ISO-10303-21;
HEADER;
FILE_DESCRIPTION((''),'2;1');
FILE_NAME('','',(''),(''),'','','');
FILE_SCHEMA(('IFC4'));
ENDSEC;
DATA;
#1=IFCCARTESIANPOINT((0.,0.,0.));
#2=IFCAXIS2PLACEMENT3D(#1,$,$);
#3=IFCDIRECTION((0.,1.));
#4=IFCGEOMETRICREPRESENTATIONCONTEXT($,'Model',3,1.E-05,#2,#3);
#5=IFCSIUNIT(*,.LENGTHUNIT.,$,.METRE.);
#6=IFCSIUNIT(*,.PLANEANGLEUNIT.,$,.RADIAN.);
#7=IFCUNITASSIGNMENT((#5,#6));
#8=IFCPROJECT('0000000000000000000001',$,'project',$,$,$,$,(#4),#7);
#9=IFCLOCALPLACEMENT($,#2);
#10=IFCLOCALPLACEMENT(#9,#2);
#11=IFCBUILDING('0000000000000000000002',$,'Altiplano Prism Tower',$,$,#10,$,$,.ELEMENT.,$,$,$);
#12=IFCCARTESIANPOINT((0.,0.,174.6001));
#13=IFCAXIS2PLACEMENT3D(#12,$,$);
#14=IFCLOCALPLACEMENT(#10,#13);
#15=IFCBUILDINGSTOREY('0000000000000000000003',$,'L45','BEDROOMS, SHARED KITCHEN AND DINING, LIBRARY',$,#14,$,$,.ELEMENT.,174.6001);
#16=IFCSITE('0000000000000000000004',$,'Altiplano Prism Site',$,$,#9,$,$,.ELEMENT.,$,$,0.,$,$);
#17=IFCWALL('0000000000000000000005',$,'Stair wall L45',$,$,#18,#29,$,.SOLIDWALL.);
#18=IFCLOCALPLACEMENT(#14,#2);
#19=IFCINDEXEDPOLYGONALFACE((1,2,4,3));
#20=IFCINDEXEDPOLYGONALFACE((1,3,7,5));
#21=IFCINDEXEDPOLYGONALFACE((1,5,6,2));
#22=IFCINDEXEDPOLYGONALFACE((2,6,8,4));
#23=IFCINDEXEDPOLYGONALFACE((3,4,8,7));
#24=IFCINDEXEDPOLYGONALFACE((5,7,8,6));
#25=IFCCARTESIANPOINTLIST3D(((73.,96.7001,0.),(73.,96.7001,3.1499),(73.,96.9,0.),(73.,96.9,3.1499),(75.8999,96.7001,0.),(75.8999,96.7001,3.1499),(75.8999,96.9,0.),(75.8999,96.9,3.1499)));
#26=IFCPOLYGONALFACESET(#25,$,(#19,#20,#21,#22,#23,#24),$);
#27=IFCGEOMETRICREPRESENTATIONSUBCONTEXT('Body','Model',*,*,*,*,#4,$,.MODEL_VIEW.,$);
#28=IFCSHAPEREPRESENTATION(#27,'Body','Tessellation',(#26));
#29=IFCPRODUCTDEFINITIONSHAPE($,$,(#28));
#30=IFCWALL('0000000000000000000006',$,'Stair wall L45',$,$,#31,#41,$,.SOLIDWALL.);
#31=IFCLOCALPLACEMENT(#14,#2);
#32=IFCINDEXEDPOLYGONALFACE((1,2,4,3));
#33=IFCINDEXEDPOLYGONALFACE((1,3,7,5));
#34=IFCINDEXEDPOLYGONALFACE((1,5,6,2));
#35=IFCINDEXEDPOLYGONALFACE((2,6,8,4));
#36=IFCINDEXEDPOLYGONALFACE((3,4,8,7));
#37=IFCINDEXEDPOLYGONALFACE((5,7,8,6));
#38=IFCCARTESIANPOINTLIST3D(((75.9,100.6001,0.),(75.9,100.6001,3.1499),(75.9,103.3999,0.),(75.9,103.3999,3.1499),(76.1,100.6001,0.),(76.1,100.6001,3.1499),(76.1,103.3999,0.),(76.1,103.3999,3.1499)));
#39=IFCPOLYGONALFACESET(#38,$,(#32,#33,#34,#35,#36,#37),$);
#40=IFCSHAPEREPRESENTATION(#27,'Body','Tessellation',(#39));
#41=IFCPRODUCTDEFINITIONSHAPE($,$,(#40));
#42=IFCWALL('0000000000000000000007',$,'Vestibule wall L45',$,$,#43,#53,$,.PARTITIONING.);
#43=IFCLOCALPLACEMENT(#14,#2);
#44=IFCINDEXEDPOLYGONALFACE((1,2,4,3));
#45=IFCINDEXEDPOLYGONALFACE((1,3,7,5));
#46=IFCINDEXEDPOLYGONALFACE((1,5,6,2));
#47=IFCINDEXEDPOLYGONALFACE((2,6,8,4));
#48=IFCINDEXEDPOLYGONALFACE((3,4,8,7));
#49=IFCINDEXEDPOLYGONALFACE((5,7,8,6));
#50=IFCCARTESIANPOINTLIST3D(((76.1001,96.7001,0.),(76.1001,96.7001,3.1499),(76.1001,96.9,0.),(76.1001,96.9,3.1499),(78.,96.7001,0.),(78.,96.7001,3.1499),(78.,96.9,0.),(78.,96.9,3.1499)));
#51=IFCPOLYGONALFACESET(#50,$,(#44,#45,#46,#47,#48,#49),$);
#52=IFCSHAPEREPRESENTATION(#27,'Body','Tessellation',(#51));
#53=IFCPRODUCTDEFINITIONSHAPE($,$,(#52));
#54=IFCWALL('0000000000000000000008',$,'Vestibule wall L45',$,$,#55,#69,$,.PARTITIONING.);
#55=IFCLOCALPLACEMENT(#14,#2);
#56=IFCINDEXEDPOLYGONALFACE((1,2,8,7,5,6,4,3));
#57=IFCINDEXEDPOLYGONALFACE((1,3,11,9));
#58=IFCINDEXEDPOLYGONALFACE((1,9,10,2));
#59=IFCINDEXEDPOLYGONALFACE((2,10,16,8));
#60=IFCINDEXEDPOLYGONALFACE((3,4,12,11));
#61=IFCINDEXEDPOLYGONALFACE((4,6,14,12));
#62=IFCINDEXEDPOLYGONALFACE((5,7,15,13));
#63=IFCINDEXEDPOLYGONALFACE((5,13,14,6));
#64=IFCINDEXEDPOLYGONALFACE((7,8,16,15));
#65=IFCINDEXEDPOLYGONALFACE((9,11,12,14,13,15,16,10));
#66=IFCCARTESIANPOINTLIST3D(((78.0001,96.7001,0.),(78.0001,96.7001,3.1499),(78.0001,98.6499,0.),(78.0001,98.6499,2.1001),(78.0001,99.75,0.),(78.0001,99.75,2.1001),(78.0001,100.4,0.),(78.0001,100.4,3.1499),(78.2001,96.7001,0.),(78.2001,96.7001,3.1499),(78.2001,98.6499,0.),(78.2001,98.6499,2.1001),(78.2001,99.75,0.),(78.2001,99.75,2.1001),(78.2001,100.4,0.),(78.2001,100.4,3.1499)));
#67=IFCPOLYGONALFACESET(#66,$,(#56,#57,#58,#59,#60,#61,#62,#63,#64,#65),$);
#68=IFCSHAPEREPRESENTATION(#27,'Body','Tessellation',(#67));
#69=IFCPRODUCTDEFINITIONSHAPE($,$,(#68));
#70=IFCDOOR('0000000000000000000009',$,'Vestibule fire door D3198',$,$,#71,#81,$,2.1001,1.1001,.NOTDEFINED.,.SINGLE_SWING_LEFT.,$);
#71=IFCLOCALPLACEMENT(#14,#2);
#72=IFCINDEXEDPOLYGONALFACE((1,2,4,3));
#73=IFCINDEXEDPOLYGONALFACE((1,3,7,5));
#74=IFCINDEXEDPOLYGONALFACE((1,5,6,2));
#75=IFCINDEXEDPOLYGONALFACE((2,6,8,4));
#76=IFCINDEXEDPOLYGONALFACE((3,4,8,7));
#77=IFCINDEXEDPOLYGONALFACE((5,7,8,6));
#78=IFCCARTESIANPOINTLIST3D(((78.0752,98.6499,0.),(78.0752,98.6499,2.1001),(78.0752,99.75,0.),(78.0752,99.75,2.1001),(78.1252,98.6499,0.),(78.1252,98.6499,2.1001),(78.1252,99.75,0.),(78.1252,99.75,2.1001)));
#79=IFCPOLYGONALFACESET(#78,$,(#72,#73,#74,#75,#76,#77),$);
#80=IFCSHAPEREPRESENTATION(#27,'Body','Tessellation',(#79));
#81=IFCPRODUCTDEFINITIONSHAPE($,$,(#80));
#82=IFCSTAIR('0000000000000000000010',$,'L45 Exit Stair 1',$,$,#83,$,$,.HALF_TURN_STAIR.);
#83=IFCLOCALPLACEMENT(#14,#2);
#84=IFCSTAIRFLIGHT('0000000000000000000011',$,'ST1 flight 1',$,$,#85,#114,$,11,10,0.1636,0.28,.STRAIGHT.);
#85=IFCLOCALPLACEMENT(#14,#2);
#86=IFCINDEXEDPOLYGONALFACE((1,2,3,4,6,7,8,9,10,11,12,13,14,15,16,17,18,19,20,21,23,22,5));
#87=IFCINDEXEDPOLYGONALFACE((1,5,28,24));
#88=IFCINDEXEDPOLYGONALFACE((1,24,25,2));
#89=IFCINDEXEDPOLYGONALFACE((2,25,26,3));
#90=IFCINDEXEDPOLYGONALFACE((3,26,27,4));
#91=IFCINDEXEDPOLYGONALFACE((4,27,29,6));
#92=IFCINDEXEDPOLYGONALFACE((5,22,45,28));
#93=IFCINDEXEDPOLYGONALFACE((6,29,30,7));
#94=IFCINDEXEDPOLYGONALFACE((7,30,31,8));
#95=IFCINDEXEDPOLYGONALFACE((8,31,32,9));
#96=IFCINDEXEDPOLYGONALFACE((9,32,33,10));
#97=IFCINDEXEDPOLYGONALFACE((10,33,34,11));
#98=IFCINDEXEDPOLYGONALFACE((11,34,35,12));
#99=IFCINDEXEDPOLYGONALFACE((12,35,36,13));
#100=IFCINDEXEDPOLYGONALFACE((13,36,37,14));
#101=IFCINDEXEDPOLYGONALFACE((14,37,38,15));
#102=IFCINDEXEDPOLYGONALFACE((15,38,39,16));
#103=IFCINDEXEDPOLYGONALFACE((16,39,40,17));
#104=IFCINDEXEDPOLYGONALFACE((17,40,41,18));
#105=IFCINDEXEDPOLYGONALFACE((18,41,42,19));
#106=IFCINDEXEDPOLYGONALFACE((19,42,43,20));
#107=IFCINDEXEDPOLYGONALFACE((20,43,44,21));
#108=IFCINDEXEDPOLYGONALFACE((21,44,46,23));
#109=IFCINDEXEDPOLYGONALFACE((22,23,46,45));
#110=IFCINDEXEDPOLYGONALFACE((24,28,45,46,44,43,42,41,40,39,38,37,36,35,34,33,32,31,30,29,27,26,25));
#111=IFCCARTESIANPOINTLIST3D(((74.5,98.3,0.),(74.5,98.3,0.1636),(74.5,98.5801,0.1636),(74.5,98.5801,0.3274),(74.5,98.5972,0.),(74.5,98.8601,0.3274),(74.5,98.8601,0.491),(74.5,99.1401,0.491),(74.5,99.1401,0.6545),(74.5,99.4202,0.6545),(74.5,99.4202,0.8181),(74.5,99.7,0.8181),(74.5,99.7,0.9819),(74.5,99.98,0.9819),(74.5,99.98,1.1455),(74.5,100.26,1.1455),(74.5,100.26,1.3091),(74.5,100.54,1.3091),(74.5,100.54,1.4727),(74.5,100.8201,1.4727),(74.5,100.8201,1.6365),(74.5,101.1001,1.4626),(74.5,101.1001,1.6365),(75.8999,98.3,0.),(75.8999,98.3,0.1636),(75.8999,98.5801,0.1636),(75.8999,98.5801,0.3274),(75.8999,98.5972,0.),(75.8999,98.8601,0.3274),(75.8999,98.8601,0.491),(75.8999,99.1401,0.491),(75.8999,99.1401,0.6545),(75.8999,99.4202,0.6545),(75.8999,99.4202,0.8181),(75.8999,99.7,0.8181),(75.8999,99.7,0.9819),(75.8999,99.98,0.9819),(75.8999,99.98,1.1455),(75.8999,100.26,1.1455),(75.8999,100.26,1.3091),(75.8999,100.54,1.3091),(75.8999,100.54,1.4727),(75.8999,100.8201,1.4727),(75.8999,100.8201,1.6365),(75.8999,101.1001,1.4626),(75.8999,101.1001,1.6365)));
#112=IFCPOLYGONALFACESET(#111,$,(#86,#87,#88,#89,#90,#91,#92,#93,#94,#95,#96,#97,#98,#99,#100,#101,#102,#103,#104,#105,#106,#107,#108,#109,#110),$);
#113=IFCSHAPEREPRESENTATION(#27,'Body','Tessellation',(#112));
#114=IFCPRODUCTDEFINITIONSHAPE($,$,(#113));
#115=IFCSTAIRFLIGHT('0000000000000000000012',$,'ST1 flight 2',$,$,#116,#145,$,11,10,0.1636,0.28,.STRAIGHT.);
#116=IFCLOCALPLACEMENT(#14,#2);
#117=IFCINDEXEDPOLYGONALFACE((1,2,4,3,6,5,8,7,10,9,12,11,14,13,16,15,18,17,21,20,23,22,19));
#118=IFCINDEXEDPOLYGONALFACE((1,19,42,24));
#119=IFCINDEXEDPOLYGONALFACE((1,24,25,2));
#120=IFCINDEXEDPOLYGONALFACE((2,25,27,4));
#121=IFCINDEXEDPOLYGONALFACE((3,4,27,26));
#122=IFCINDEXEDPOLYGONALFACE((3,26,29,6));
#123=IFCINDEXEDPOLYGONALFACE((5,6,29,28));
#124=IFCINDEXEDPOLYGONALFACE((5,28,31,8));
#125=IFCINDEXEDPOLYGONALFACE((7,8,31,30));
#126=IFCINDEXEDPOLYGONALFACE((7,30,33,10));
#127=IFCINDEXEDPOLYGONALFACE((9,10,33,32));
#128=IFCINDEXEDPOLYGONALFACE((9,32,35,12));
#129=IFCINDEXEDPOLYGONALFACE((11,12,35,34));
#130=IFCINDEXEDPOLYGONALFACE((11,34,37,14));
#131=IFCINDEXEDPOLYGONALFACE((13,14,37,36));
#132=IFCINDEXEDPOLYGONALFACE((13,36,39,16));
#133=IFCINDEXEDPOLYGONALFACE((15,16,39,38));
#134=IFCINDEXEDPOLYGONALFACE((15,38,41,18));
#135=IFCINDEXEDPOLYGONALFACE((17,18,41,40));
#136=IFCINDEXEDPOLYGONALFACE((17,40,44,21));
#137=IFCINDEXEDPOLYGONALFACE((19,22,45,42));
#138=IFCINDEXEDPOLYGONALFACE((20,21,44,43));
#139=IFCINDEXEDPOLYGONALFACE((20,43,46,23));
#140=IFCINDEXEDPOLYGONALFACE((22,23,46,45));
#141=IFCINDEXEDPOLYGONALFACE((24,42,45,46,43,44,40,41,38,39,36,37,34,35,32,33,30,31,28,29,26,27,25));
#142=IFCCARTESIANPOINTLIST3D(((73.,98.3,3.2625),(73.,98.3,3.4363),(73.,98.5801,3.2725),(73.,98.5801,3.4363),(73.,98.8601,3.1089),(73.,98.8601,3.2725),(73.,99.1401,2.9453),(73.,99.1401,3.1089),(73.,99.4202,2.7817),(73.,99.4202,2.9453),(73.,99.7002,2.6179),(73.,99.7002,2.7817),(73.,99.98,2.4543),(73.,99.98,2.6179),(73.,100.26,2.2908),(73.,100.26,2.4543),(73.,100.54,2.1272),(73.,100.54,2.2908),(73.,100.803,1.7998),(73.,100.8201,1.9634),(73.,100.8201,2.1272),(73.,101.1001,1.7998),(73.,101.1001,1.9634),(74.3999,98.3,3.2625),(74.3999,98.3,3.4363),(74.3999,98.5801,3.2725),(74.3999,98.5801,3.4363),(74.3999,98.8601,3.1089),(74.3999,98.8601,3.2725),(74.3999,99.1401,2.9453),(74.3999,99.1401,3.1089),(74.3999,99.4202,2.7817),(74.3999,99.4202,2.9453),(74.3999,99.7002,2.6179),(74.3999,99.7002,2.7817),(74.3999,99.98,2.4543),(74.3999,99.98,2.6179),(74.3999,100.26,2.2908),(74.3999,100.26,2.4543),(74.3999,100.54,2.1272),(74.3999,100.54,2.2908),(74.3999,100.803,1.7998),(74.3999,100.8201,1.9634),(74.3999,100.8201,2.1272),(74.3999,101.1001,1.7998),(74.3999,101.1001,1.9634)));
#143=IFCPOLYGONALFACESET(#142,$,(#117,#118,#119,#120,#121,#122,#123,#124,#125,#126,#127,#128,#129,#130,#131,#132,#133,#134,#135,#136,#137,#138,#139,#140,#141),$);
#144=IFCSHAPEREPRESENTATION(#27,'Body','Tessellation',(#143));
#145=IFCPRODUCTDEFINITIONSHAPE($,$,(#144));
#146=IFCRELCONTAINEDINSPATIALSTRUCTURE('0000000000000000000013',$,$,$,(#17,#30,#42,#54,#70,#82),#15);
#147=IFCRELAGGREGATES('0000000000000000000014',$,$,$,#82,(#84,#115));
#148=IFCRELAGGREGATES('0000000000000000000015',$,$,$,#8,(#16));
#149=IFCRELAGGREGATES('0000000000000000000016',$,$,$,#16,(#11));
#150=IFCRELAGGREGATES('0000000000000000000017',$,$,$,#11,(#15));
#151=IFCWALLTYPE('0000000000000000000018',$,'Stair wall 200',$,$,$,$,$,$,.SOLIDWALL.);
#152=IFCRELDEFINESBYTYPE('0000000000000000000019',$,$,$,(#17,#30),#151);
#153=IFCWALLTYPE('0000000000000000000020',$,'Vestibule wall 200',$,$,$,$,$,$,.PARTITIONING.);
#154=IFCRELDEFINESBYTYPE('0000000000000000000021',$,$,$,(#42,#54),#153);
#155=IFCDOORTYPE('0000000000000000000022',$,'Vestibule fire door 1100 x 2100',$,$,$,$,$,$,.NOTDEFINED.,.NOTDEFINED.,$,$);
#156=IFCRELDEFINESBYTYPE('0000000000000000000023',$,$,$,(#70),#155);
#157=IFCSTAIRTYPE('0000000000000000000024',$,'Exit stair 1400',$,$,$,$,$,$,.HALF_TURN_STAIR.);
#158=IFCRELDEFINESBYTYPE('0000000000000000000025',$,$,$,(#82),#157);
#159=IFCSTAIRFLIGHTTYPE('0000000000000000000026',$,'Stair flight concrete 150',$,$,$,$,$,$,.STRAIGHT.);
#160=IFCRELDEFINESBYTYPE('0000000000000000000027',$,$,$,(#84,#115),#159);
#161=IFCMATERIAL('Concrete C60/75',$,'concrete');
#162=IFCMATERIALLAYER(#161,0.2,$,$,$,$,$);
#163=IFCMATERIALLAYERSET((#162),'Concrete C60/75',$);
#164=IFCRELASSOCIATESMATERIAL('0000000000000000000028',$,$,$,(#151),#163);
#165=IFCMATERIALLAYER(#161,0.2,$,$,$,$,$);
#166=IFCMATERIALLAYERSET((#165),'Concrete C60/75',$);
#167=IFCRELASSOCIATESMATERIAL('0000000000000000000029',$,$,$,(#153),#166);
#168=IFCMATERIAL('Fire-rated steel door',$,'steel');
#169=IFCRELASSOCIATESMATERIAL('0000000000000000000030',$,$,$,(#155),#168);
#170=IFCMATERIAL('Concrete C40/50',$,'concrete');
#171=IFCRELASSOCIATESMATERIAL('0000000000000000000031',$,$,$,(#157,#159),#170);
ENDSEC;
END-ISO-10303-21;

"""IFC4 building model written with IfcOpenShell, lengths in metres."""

from ifc_helpers import new_model, si_unit, direction, frame, frame_2d, origin, place, context, subcontext, project, spatial, polyline, rectangle, outline, extrude, material, layer, layer_set, type_object, element, fill, aggregate, save


model = new_model("IFC4")

# Units and contexts
model_context = context("Model", 3, precision=1e-05, world=origin(), true_north=direction((0.0, 1.0)))
body_context = subcontext(model_context, "Body", "Model", "MODEL_VIEW")
ifc_project = project(units=[si_unit("LENGTHUNIT", "METRE"), si_unit("PLANEANGLEUNIT", "RADIAN")], contexts=[model_context])

# Site, building, storey
site_placement = place(None, origin())
site = spatial("IfcSite", under=ifc_project, at=site_placement, Name="Altiplano Prism Site", CompositionType="ELEMENT", RefElevation=0.0)
building_placement = place(site_placement, origin())
building = spatial("IfcBuilding", under=site, at=building_placement, Name="Altiplano Prism Tower", CompositionType="ELEMENT")
storey_placement = place(building_placement, frame((0.0, 0.0, 174.6001)))
storey = spatial("IfcBuildingStorey", under=building, at=storey_placement, Name="L45", Description="BEDROOMS, SHARED KITCHEN AND DINING, LIBRARY", CompositionType="ELEMENT", Elevation=174.6001)

# Wall
ifc_material_1 = material(Name="Concrete C60/75", Category="concrete")
ifc_layer_1 = layer(ifc_material_1, 0.2)
ifc_layer_set_1 = layer_set([ifc_layer_1], Name="Concrete C60/75")
wall_type_1 = type_object("IfcWallType", Name="Stair wall 200", PredefinedType="SOLIDWALL", material=ifc_layer_set_1)
wall_1_placement = place(storey_placement, frame((73.0, 96.8, 0.0), z_axis=(0.0, 0.0, 1.0), x_axis=(1.0, 0.0, 0.0)))
element("IfcWall", 1, at=wall_1_placement, inside=storey, type_object=wall_type_1, Name="Stair wall L45", PredefinedType="SOLIDWALL", context=body_context, shape_type="SweptSolid", body=[
    extrude(rectangle(XDim=2.8999, YDim=0.2, at=frame_2d((1.45, 0.0))), origin(), (0.0, 0.0, 1.0), 3.1499),
])

# Shared definitions
ifc_material_2 = material(Name="Fire-rated steel door", Category="steel")

# Walls
wall_2_placement = place(storey_placement, frame((76.0, 100.6001, 0.0), z_axis=(0.0, 0.0, 1.0), x_axis=(0.0, 1.0, 0.0)))
element("IfcWall", 2, at=wall_2_placement, inside=storey, type_object=wall_type_1, Name="Stair wall L45", PredefinedType="SOLIDWALL", context=body_context, shape_type="SweptSolid", body=[
    extrude(rectangle(XDim=2.7998, YDim=0.2, at=frame_2d((1.3999, 0.0))), origin(), (0.0, 0.0, 1.0), 3.1499),
])
ifc_layer_2 = layer(ifc_material_1, 0.2)
ifc_layer_set_2 = layer_set([ifc_layer_2], Name="Concrete C60/75")
wall_type_2 = type_object("IfcWallType", Name="Vestibule wall 200", PredefinedType="PARTITIONING", material=ifc_layer_set_2)
wall_3_placement = place(storey_placement, frame((76.1001, 96.8, 0.0), z_axis=(0.0, 0.0, 1.0), x_axis=(1.0, 0.0, 0.0)))
element("IfcWall", 3, at=wall_3_placement, inside=storey, type_object=wall_type_2, Name="Vestibule wall L45", PredefinedType="PARTITIONING", context=body_context, shape_type="SweptSolid", body=[
    extrude(rectangle(XDim=1.8999, YDim=0.2, at=frame_2d((0.95, 0.0))), origin(), (0.0, 0.0, 1.0), 3.1499),
])

# Wall, opening, door
wall_4_placement = place(storey_placement, frame((78.1001, 96.7, 0.0), z_axis=(0.0, 0.0, 1.0), x_axis=(0.0, 1.0, 0.0)))
wall_4 = element("IfcWall", 4, at=wall_4_placement, inside=storey, type_object=wall_type_2, Name="Vestibule wall L45", PredefinedType="PARTITIONING", context=body_context, shape_type="SweptSolid", body=[
    extrude(rectangle(XDim=3.7, YDim=0.2, at=frame_2d((1.8501, 0.0))), origin(), (0.0, 0.0, 1.0), 3.1499),
])
opening_1_placement = place(wall_4_placement, frame((1.95, 0.0, 0.0)))
opening_1 = element("IfcOpeningElement", 5, at=opening_1_placement, cuts=wall_4, PredefinedType="OPENING", context=body_context, shape_type="SweptSolid", body=[
    extrude(rectangle(XDim=1.1001, YDim=2.1001, at=frame_2d((0.55, 1.05))), frame((0.0, 0.1104, 0.0), z_axis=(0.0, -1.0, 0.0), x_axis=(1.0, 0.0, 0.0)), (0.0, 0.0, 1.0), 0.2209),
])
door_type_1 = type_object("IfcDoorType", Name="Vestibule fire door 1100 x 2100", OperationType="NOTDEFINED", PredefinedType="NOTDEFINED", material=ifc_material_2)
door_1_placement = place(opening_1_placement, origin())
door_1 = element("IfcDoor", 6, at=door_1_placement, inside=storey, type_object=door_type_1, Name="Vestibule fire door D3198", OperationType="SINGLE_SWING_LEFT", OverallHeight=2.1001, OverallWidth=1.1001, PredefinedType="NOTDEFINED", context=body_context, shape_type="SweptSolid", body=[
    extrude(rectangle(XDim=1.1001, YDim=2.1001, at=frame_2d((0.55, 1.05))), frame((0.0, 0.0249, 0.0), z_axis=(0.0, -1.0, 0.0), x_axis=(1.0, 0.0, 0.0)), (0.0, 0.0, 1.0), 0.05),
])
fill(opening_1, door_1)

# Stair, stair flights
ifc_material_3 = material(Name="Concrete C40/50", Category="concrete")
stair_type = type_object("IfcStairType", Name="Exit stair 1400", PredefinedType="HALF_TURN_STAIR", material=ifc_material_3)
stair_placement = place(storey_placement, origin())
stair = element("IfcStair", 7, at=stair_placement, inside=storey, type_object=stair_type, Name="L45 Exit Stair 1", PredefinedType="HALF_TURN_STAIR")
stair_flight_type = type_object("IfcStairFlightType", Name="Stair flight concrete 150", PredefinedType="STRAIGHT", material=ifc_material_3)
stair_flight_1_placement = place(storey_placement, frame((75.2, 98.3, 0.0), z_axis=(0.0, 0.0, 1.0), x_axis=(0.0, 1.0, 0.0)))
stair_flight_1 = element("IfcStairFlight", 8, at=stair_flight_1_placement, type_object=stair_flight_type, Name="ST1 flight 1", NumberOfRisers=11, NumberOfTreads=10, PredefinedType="STRAIGHT", RiserHeight=0.1636, TreadLength=0.28, context=body_context, shape_type="SweptSolid", body=[
    extrude(outline(polyline([(0.0, 0.0), (0.0, 0.1636), (0.28, 0.1636), (0.28, 0.3274), (0.5601, 0.3274), (0.5601, 0.491), (0.8401, 0.491), (0.8401, 0.6545), (1.1201, 0.6545), (1.1201, 0.8181), (1.3999, 0.8181), (1.3999, 0.9819), (1.6799, 0.9819), (1.6799, 1.1455), (1.96, 1.1455), (1.96, 1.3091), (2.24, 1.3091), (2.24, 1.4727), (2.52, 1.4727), (2.52, 1.6365), (2.8, 1.6365), (2.8, 1.8), (2.8, 1.4626), (0.2971, 0.0), (0.0, 0.0)])), frame((0.0, 0.7, 0.0), z_axis=(0.0, -1.0, 0.0), x_axis=(1.0, 0.0, 0.0)), (0.0, 0.0, 1.0), 1.3999),
])
stair_flight_2_placement = place(storey_placement, frame((73.7, 101.1001, 1.7998), z_axis=(0.0, 0.0, 1.0), x_axis=(0.0, -1.0, 0.0)))
stair_flight_2 = element("IfcStairFlight", 9, at=stair_flight_2_placement, type_object=stair_flight_type, Name="ST1 flight 2", NumberOfRisers=11, NumberOfTreads=10, PredefinedType="STRAIGHT", RiserHeight=0.1636, TreadLength=0.28, context=body_context, shape_type="SweptSolid", body=[
    extrude(outline(polyline([(0.0, 0.0), (0.0, 0.1636), (0.28, 0.1636), (0.28, 0.3274), (0.5601, 0.3274), (0.5601, 0.491), (0.8401, 0.491), (0.8401, 0.6545), (1.1201, 0.6545), (1.1201, 0.8181), (1.3999, 0.8181), (1.3999, 0.9819), (1.6799, 0.9819), (1.6799, 1.1455), (1.96, 1.1455), (1.96, 1.3091), (2.24, 1.3091), (2.24, 1.4727), (2.52, 1.4727), (2.52, 1.6365), (2.8, 1.6365), (2.8, 1.8), (2.8, 1.4626), (0.2971, 0.0), (0.0, 0.0)])), frame((0.0, 0.7, 0.0), z_axis=(0.0, -1.0, 0.0), x_axis=(1.0, 0.0, 0.0)), (0.0, 0.0, 1.0), 1.3999),
])
aggregate(stair, [stair_flight_1, stair_flight_2])

save(model, "model.ifc")
